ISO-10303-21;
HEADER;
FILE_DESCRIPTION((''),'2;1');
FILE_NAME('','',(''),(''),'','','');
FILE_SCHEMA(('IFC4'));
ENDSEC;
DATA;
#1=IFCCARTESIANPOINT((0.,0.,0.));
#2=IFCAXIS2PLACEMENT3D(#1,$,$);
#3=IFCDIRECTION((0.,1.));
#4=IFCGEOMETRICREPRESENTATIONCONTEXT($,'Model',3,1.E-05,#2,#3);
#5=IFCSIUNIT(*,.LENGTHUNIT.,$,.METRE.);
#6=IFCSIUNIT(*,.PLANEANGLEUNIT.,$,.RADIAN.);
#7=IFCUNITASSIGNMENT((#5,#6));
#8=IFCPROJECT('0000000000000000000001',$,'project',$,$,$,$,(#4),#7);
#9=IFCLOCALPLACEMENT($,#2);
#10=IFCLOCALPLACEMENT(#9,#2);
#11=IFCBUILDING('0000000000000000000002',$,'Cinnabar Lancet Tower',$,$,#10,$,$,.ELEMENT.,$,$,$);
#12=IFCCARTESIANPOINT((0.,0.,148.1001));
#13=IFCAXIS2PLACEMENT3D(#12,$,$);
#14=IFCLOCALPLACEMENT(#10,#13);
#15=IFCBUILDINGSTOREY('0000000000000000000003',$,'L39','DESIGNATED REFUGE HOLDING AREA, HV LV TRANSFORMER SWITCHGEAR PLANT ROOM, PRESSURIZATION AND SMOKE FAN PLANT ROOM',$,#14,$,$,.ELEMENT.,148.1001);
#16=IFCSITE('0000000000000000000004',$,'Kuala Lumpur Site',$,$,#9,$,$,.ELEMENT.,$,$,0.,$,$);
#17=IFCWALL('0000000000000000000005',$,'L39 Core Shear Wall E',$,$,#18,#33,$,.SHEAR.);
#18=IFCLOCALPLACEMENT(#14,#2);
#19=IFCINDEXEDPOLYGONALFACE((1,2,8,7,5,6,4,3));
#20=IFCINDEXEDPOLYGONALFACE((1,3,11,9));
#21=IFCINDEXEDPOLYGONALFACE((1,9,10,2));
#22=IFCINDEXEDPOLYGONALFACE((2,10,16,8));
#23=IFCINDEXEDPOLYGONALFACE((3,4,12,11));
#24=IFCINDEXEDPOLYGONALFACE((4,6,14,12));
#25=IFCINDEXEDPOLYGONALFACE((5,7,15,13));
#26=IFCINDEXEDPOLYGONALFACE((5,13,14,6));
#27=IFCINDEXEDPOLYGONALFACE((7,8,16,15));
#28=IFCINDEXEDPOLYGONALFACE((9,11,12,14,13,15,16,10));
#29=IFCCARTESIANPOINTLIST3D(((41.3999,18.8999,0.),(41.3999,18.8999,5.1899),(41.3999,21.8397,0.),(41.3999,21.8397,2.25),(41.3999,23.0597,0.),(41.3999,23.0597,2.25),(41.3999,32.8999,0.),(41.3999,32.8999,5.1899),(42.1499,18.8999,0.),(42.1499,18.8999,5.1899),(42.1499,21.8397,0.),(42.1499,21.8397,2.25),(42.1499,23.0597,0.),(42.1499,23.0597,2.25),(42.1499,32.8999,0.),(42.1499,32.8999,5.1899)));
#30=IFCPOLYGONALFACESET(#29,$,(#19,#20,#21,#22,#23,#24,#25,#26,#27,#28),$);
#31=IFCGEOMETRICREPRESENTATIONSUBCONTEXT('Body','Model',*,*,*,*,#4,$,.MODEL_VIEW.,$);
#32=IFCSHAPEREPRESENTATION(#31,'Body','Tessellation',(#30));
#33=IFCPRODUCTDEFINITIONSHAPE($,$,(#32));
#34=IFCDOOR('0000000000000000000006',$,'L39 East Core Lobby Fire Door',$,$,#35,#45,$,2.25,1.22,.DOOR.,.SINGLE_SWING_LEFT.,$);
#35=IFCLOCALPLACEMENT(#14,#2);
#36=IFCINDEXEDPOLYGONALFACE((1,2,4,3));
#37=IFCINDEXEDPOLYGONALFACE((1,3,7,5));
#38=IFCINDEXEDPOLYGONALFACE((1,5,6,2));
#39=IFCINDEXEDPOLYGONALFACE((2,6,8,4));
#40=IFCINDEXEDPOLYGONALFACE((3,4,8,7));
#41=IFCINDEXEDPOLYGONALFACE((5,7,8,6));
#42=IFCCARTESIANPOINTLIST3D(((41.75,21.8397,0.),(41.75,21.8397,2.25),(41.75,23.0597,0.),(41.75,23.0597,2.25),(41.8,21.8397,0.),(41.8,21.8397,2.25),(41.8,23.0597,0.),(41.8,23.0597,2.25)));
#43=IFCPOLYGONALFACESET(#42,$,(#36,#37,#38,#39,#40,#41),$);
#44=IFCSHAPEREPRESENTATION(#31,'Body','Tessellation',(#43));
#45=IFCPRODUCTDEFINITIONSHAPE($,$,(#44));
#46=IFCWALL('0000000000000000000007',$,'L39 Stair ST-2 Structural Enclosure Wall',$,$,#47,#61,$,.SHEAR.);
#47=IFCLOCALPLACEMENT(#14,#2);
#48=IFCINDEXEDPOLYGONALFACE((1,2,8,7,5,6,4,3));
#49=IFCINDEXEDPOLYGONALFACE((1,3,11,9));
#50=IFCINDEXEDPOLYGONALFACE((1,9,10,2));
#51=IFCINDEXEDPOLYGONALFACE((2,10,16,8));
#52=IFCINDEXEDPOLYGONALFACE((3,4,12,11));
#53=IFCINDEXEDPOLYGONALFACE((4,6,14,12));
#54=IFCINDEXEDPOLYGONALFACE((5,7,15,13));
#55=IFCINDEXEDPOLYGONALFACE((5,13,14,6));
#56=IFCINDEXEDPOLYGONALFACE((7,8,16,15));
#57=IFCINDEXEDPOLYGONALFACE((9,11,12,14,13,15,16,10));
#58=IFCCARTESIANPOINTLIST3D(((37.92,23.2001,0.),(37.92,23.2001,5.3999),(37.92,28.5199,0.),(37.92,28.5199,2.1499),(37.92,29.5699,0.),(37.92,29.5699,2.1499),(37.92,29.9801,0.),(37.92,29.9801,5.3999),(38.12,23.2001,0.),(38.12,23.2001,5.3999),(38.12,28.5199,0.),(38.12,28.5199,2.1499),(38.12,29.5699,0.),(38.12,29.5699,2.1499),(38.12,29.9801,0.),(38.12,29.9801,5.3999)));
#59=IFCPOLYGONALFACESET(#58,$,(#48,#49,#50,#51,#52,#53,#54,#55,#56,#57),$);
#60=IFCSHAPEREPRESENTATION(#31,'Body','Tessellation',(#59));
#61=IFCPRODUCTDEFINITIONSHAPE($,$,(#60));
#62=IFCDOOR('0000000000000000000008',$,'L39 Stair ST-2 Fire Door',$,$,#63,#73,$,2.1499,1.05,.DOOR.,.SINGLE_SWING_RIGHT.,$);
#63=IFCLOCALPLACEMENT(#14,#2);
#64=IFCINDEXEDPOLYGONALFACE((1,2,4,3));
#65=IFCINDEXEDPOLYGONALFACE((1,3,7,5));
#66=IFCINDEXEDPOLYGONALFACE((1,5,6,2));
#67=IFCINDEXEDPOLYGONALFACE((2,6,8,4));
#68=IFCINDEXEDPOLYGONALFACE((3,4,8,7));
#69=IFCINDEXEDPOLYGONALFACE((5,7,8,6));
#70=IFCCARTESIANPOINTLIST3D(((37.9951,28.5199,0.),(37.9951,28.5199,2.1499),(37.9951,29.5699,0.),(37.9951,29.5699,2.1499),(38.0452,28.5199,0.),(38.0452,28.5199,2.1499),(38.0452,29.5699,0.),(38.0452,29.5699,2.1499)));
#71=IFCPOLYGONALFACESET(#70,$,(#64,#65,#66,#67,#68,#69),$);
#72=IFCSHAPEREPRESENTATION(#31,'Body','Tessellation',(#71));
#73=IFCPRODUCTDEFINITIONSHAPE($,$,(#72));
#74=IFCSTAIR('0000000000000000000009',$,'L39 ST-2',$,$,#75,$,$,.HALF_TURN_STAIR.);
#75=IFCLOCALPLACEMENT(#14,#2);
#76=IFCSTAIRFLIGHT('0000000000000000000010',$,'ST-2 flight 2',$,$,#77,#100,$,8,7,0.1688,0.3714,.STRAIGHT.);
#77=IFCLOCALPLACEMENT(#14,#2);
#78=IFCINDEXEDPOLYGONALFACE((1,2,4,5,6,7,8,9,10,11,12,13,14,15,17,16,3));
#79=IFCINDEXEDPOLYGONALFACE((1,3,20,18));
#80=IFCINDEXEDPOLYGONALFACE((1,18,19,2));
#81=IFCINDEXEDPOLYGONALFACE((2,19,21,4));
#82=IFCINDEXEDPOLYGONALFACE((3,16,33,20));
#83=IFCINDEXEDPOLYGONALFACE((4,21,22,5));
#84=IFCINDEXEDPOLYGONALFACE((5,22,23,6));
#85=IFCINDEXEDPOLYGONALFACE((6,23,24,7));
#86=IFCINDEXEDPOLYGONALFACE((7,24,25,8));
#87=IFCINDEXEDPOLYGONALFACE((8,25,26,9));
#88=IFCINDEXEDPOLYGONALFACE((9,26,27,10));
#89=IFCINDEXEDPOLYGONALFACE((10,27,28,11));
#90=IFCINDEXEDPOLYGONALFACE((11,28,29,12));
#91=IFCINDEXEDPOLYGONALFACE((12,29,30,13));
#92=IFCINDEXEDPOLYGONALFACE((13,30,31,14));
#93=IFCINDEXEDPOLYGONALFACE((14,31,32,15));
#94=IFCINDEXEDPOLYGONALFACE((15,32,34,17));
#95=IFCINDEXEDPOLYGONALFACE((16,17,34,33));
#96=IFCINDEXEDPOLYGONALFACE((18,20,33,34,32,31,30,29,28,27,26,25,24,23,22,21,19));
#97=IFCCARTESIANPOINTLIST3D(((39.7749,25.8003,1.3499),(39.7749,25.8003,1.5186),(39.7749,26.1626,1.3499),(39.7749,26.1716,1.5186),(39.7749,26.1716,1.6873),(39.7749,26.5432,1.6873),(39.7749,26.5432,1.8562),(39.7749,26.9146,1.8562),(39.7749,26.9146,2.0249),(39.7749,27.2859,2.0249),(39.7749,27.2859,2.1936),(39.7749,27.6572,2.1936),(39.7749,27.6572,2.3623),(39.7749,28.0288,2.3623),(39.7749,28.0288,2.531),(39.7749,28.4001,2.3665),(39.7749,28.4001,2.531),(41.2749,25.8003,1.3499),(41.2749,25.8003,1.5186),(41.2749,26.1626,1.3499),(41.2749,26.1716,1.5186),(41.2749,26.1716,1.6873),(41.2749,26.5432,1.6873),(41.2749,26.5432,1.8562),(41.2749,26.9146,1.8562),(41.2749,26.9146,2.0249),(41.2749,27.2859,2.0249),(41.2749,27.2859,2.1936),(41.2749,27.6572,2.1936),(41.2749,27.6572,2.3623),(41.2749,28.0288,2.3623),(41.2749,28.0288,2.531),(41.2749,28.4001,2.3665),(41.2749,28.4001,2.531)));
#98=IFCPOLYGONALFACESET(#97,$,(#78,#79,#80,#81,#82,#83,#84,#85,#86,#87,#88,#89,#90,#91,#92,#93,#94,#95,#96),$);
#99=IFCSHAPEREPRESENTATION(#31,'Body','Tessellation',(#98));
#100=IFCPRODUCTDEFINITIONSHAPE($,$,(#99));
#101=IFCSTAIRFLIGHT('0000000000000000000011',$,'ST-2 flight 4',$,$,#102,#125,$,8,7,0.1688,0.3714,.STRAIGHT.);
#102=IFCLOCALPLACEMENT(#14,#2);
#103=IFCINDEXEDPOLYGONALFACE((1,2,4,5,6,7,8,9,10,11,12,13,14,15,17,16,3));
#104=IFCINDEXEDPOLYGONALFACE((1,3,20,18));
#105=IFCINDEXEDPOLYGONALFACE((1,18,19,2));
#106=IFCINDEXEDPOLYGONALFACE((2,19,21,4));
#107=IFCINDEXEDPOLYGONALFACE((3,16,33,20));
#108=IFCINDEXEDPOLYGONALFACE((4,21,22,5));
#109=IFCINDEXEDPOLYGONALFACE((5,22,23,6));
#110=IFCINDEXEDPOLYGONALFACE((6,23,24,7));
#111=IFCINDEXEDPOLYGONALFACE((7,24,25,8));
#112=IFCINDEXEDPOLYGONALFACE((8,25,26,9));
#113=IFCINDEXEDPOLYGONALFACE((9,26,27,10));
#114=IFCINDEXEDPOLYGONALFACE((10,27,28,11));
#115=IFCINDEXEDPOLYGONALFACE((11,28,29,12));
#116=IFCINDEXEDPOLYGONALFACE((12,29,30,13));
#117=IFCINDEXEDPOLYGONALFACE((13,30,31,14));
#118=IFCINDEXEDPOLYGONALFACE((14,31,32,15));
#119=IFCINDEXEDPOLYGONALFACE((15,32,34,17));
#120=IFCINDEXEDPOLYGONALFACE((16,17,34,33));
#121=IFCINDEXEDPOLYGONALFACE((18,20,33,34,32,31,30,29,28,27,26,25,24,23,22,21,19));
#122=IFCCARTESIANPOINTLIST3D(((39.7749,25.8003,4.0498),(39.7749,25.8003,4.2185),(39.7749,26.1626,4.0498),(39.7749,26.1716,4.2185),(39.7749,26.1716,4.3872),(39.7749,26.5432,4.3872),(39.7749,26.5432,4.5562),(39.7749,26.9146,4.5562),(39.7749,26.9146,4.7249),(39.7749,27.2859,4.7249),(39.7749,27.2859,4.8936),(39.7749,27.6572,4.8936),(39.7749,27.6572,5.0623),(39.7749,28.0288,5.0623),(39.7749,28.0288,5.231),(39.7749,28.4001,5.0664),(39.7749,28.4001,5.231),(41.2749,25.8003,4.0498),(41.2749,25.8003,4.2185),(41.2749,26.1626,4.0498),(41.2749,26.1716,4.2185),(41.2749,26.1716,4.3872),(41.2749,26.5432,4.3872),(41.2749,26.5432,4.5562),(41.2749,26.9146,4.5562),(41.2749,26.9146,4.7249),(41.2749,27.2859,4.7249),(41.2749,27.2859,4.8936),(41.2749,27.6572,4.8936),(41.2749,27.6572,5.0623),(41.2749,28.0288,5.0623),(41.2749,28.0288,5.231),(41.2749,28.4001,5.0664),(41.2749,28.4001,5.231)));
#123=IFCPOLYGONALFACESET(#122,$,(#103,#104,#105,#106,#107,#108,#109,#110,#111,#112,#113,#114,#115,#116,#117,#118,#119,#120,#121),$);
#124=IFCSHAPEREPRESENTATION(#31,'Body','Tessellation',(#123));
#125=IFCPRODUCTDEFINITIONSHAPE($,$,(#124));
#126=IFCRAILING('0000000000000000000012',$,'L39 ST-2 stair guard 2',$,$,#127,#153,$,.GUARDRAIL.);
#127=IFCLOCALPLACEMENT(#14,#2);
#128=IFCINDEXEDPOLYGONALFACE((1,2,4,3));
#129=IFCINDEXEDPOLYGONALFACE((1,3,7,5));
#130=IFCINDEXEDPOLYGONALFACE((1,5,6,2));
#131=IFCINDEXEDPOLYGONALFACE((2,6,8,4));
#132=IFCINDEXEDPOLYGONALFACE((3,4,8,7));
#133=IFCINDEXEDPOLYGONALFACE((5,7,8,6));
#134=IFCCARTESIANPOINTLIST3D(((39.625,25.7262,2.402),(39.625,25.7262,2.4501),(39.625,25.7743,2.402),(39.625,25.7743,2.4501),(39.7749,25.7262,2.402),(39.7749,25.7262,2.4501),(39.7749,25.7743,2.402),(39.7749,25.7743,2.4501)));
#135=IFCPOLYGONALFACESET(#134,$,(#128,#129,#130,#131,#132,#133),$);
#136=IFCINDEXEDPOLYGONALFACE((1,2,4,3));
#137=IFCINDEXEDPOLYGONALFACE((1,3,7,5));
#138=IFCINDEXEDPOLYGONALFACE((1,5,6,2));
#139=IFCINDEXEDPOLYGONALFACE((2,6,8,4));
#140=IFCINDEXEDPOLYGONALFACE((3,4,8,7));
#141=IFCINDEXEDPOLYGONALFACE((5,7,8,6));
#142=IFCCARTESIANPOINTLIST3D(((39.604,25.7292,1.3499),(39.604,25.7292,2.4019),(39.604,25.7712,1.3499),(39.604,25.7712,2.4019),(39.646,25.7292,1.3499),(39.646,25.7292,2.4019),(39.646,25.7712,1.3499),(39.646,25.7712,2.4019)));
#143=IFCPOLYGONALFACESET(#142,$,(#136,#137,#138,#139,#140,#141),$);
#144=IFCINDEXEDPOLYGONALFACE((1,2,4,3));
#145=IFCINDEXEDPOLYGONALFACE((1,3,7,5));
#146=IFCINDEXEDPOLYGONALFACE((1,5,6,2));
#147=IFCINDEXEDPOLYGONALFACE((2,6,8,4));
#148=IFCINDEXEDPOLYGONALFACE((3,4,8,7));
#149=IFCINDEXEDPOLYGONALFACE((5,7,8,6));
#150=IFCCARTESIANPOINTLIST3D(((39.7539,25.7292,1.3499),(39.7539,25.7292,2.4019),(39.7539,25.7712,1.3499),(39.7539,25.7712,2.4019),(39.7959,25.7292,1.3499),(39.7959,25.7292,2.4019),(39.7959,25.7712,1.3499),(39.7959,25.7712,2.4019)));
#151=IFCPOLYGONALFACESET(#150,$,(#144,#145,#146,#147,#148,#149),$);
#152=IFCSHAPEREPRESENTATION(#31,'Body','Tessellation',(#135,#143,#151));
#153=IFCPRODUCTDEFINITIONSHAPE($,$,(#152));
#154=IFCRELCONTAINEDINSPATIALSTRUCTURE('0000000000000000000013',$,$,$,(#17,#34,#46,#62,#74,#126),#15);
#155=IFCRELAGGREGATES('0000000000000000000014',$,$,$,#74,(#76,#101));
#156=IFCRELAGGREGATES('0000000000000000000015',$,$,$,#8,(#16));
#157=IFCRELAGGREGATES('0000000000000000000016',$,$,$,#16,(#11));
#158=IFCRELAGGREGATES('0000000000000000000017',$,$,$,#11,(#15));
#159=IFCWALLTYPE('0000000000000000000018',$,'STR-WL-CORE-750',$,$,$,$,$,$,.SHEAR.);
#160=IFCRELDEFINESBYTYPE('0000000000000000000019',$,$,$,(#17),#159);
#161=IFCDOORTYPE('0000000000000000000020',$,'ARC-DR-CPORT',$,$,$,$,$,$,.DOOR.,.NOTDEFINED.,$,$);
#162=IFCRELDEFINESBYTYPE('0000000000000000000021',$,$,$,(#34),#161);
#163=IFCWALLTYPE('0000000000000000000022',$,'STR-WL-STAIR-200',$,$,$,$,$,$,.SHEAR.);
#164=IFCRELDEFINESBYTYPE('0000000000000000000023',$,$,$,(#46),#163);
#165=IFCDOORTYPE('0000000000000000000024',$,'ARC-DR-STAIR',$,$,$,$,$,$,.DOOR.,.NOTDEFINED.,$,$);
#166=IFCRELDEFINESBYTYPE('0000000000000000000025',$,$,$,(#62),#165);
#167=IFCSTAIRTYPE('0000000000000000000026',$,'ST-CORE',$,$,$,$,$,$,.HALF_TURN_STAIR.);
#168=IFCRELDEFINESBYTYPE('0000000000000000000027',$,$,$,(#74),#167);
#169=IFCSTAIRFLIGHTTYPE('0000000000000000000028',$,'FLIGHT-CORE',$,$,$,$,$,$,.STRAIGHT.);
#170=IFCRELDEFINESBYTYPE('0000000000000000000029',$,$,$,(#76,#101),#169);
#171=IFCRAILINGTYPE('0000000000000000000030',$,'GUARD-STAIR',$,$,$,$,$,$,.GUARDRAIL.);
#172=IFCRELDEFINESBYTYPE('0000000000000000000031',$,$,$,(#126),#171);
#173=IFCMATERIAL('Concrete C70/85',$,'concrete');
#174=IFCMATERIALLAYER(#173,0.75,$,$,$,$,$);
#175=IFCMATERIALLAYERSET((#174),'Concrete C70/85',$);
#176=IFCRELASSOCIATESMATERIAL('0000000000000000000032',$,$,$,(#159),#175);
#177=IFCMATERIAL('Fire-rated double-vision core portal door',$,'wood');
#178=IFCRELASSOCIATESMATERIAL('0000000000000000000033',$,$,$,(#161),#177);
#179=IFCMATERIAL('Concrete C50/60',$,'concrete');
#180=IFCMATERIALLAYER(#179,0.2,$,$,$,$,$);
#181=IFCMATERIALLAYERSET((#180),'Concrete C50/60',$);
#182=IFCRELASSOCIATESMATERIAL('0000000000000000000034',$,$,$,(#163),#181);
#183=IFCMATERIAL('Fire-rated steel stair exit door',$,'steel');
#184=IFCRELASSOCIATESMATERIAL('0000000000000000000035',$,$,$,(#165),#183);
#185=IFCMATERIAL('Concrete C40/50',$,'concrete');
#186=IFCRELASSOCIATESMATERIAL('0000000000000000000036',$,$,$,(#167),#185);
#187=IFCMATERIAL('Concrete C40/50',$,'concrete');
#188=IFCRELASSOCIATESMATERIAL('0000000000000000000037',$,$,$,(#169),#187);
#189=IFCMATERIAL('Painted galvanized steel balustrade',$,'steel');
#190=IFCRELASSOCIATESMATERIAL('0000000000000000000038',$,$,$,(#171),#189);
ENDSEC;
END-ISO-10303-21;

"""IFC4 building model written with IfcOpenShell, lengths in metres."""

from ifc_helpers import new_model, si_unit, direction, frame, frame_2d, origin, origin_2d, place, context, subcontext, project, spatial, polyline, rectangle, outline, extrude, material, layer, layer_set, type_object, element, fill, aggregate, save


model = new_model("IFC4")

# Units and contexts
model_context = context("Model", 3, precision=1e-05, world=origin(), true_north=direction((0.0, 1.0)))
body_context = subcontext(model_context, "Body", "Model", "MODEL_VIEW")
ifc_project = project(units=[si_unit("LENGTHUNIT", "METRE"), si_unit("PLANEANGLEUNIT", "RADIAN")], contexts=[model_context])

# Site, building, storey
site_placement = place(None, origin())
site = spatial("IfcSite", under=ifc_project, at=site_placement, Name="Kuala Lumpur Site", CompositionType="ELEMENT", RefElevation=0.0)
building_placement = place(site_placement, origin())
building = spatial("IfcBuilding", under=site, at=building_placement, Name="Cinnabar Lancet Tower", CompositionType="ELEMENT")
storey_placement = place(building_placement, frame((0.0, 0.0, 148.1001)))
storey = spatial("IfcBuildingStorey", under=building, at=storey_placement, Name="L39", Description="DESIGNATED REFUGE HOLDING AREA, HV LV TRANSFORMER SWITCHGEAR PLANT ROOM, PRESSURIZATION AND SMOKE FAN PLANT ROOM", CompositionType="ELEMENT", Elevation=148.1001)

# Walls, openings, doors
ifc_material_1 = material(Name="Concrete C70/85", Category="concrete")
ifc_layer_1 = layer(ifc_material_1, 0.75)
ifc_layer_set_1 = layer_set([ifc_layer_1], Name="Concrete C70/85")
wall_type_1 = type_object("IfcWallType", Name="STR-WL-CORE-750", PredefinedType="SHEAR", material=ifc_layer_set_1)
wall_1_placement = place(storey_placement, frame((41.7749, 18.8999, 0.0), z_axis=(0.0, 0.0, 1.0), x_axis=(0.0, 1.0, 0.0)))
wall_1 = element("IfcWall", 1, at=wall_1_placement, inside=storey, type_object=wall_type_1, Name="L39 Core Shear Wall E", PredefinedType="SHEAR", context=body_context, shape_type="SweptSolid", body=[
    extrude(rectangle(XDim=14.0, YDim=0.75, at=frame_2d((7.0, 0.0))), origin(), (0.0, 0.0, 1.0), 5.1899),
])
opening_1_placement = place(wall_1_placement, frame((2.9399, 0.0, 0.0)))
opening_1 = element("IfcOpeningElement", 2, at=opening_1_placement, cuts=wall_1, PredefinedType="OPENING", context=body_context, shape_type="SweptSolid", body=[
    extrude(rectangle(XDim=1.22, YDim=2.25, at=frame_2d((0.6099, 1.125))), frame((0.0, 0.385, 0.0), z_axis=(0.0, -1.0, 0.0), x_axis=(1.0, 0.0, 0.0)), (0.0, 0.0, 1.0), 0.77),
])
ifc_material_2 = material(Name="Fire-rated double-vision core portal door", Category="wood")
door_type_1 = type_object("IfcDoorType", Name="ARC-DR-CPORT", OperationType="NOTDEFINED", PredefinedType="DOOR", material=ifc_material_2)
door_1_placement = place(opening_1_placement, origin())
door_1 = element("IfcDoor", 3, at=door_1_placement, inside=storey, type_object=door_type_1, Name="L39 East Core Lobby Fire Door", OperationType="SINGLE_SWING_LEFT", OverallHeight=2.25, OverallWidth=1.22, PredefinedType="DOOR", context=body_context, shape_type="SweptSolid", body=[
    extrude(rectangle(XDim=1.22, YDim=2.25, at=frame_2d((0.6099, 1.125))), frame((0.0, 0.0249, 0.0), z_axis=(0.0, -1.0, 0.0), x_axis=(1.0, 0.0, 0.0)), (0.0, 0.0, 1.0), 0.05),
])
fill(opening_1, door_1)
ifc_material_3 = material(Name="Concrete C50/60", Category="concrete")
ifc_layer_2 = layer(ifc_material_3, 0.2)
ifc_layer_set_2 = layer_set([ifc_layer_2], Name="Concrete C50/60")
wall_type_2 = type_object("IfcWallType", Name="STR-WL-STAIR-200", PredefinedType="SHEAR", material=ifc_layer_set_2)
wall_2_placement = place(storey_placement, frame((38.02, 23.2, 0.0), z_axis=(0.0, 0.0, 1.0), x_axis=(0.0, 1.0, 0.0)))
wall_2 = element("IfcWall", 4, at=wall_2_placement, inside=storey, type_object=wall_type_2, Name="L39 Stair ST-2 Structural Enclosure Wall", PredefinedType="SHEAR", context=body_context, shape_type="SweptSolid", body=[
    extrude(rectangle(XDim=6.78, YDim=0.2, at=frame_2d((3.3901, 0.0))), origin(), (0.0, 0.0, 1.0), 5.3999),
])
opening_2_placement = place(wall_2_placement, frame((5.3201, 0.0, 0.0)))
opening_2 = element("IfcOpeningElement", 5, at=opening_2_placement, cuts=wall_2, PredefinedType="OPENING", context=body_context, shape_type="SweptSolid", body=[
    extrude(rectangle(XDim=1.05, YDim=2.1499, at=frame_2d((0.5249, 1.075))), frame((0.0, 0.1099, 0.0), z_axis=(0.0, -1.0, 0.0), x_axis=(1.0, 0.0, 0.0)), (0.0, 0.0, 1.0), 0.22),
])
ifc_material_4 = material(Name="Fire-rated steel stair exit door", Category="steel")
door_type_2 = type_object("IfcDoorType", Name="ARC-DR-STAIR", OperationType="NOTDEFINED", PredefinedType="DOOR", material=ifc_material_4)
door_2_placement = place(opening_2_placement, origin())
door_2 = element("IfcDoor", 6, at=door_2_placement, inside=storey, type_object=door_type_2, Name="L39 Stair ST-2 Fire Door", OperationType="SINGLE_SWING_RIGHT", OverallHeight=2.1499, OverallWidth=1.05, PredefinedType="DOOR", context=body_context, shape_type="SweptSolid", body=[
    extrude(rectangle(XDim=1.05, YDim=2.1499, at=frame_2d((0.5249, 1.075))), frame((0.0, 0.0249, 0.0), z_axis=(0.0, -1.0, 0.0), x_axis=(1.0, 0.0, 0.0)), (0.0, 0.0, 1.0), 0.05),
])
fill(opening_2, door_2)

# Stair, stair flights
ifc_material_5 = material(Name="Concrete C40/50", Category="concrete")
stair_type = type_object("IfcStairType", Name="ST-CORE", PredefinedType="HALF_TURN_STAIR", material=ifc_material_5)
stair_placement = place(storey_placement, origin())
stair = element("IfcStair", 7, at=stair_placement, inside=storey, type_object=stair_type, Name="L39 ST-2", PredefinedType="HALF_TURN_STAIR")
ifc_material_6 = material(Name="Concrete C40/50", Category="concrete")
stair_flight_type = type_object("IfcStairFlightType", Name="FLIGHT-CORE", PredefinedType="STRAIGHT", material=ifc_material_6)
stair_flight_1_placement = place(storey_placement, frame((40.5249, 25.8003, 1.3499), z_axis=(0.0, 0.0, 1.0), x_axis=(0.0, 1.0, 0.0)))
stair_flight_1 = element("IfcStairFlight", 8, at=stair_flight_1_placement, type_object=stair_flight_type, Name="ST-2 flight 2", NumberOfRisers=8, NumberOfTreads=7, PredefinedType="STRAIGHT", RiserHeight=0.1688, TreadLength=0.3714, context=body_context, shape_type="SweptSolid", body=[
    extrude(outline(polyline([(0.0, 0.0), (0.0, 0.1687), (0.3713, 0.1687), (0.3713, 0.3374), (0.7429, 0.3374), (0.7429, 0.5063), (1.1143, 0.5063), (1.1143, 0.675), (1.4856, 0.675), (1.4856, 0.8438), (1.8569, 0.8438), (1.8569, 1.0125), (2.2285, 1.0125), (2.2285, 1.1812), (2.5999, 1.1812), (2.5999, 1.3501), (2.5999, 1.0166), (0.3623, 0.0), (0.0, 0.0)])), frame((0.0, 0.75, 0.0), z_axis=(0.0, -1.0, 0.0), x_axis=(1.0, 0.0, 0.0)), (0.0, 0.0, 1.0), 1.5),
])
stair_flight_2_placement = place(storey_placement, frame((40.5249, 25.8003, 4.0498), z_axis=(0.0, 0.0, 1.0), x_axis=(0.0, 1.0, 0.0)))
stair_flight_2 = element("IfcStairFlight", 9, at=stair_flight_2_placement, type_object=stair_flight_type, Name="ST-2 flight 4", NumberOfRisers=8, NumberOfTreads=7, PredefinedType="STRAIGHT", RiserHeight=0.1688, TreadLength=0.3714, context=body_context, shape_type="SweptSolid", body=[
    extrude(outline(polyline([(0.0, 0.0), (0.0, 0.1687), (0.3713, 0.1687), (0.3713, 0.3374), (0.7429, 0.3374), (0.7429, 0.5063), (1.1143, 0.5063), (1.1143, 0.675), (1.4856, 0.675), (1.4856, 0.8438), (1.8569, 0.8438), (1.8569, 1.0125), (2.2285, 1.0125), (2.2285, 1.1812), (2.5999, 1.1812), (2.5999, 1.3501), (2.5999, 1.0166), (0.3623, 0.0), (0.0, 0.0)])), frame((0.0, 0.75, 0.0), z_axis=(0.0, -1.0, 0.0), x_axis=(1.0, 0.0, 0.0)), (0.0, 0.0, 1.0), 1.5),
])
aggregate(stair, [stair_flight_1, stair_flight_2])

# Railing
ifc_material_7 = material(Name="Painted galvanized steel balustrade", Category="steel")
railing_type_1 = type_object("IfcRailingType", Name="GUARD-STAIR", PredefinedType="GUARDRAIL", material=ifc_material_7)
railing_1_placement = place(storey_placement, frame((39.625, 25.7502, 1.3499)))
element("IfcRailing", 10, at=railing_1_placement, inside=storey, type_object=railing_type_1, Name="L39 ST-2 stair guard 2", PredefinedType="GUARDRAIL", context=body_context, shape_type="SweptSolid", body=[
    extrude(rectangle(XDim=0.0481, YDim=0.0481, at=origin_2d()), frame((0.0, 0.0, 1.0762), z_axis=(1.0, 0.0, 0.0), x_axis=(0.0, 1.0, 0.0)), (0.0, 0.0, 1.0), 0.1499),
    extrude(rectangle(XDim=0.042, YDim=0.042, at=origin_2d()), origin(), (0.0, 0.0, 1.0), 1.052),
    extrude(rectangle(XDim=0.042, YDim=0.042, at=origin_2d()), frame((0.1499, 0.0, 0.0)), (0.0, 0.0, 1.0), 1.052),
])

save(model, "model.ifc")
